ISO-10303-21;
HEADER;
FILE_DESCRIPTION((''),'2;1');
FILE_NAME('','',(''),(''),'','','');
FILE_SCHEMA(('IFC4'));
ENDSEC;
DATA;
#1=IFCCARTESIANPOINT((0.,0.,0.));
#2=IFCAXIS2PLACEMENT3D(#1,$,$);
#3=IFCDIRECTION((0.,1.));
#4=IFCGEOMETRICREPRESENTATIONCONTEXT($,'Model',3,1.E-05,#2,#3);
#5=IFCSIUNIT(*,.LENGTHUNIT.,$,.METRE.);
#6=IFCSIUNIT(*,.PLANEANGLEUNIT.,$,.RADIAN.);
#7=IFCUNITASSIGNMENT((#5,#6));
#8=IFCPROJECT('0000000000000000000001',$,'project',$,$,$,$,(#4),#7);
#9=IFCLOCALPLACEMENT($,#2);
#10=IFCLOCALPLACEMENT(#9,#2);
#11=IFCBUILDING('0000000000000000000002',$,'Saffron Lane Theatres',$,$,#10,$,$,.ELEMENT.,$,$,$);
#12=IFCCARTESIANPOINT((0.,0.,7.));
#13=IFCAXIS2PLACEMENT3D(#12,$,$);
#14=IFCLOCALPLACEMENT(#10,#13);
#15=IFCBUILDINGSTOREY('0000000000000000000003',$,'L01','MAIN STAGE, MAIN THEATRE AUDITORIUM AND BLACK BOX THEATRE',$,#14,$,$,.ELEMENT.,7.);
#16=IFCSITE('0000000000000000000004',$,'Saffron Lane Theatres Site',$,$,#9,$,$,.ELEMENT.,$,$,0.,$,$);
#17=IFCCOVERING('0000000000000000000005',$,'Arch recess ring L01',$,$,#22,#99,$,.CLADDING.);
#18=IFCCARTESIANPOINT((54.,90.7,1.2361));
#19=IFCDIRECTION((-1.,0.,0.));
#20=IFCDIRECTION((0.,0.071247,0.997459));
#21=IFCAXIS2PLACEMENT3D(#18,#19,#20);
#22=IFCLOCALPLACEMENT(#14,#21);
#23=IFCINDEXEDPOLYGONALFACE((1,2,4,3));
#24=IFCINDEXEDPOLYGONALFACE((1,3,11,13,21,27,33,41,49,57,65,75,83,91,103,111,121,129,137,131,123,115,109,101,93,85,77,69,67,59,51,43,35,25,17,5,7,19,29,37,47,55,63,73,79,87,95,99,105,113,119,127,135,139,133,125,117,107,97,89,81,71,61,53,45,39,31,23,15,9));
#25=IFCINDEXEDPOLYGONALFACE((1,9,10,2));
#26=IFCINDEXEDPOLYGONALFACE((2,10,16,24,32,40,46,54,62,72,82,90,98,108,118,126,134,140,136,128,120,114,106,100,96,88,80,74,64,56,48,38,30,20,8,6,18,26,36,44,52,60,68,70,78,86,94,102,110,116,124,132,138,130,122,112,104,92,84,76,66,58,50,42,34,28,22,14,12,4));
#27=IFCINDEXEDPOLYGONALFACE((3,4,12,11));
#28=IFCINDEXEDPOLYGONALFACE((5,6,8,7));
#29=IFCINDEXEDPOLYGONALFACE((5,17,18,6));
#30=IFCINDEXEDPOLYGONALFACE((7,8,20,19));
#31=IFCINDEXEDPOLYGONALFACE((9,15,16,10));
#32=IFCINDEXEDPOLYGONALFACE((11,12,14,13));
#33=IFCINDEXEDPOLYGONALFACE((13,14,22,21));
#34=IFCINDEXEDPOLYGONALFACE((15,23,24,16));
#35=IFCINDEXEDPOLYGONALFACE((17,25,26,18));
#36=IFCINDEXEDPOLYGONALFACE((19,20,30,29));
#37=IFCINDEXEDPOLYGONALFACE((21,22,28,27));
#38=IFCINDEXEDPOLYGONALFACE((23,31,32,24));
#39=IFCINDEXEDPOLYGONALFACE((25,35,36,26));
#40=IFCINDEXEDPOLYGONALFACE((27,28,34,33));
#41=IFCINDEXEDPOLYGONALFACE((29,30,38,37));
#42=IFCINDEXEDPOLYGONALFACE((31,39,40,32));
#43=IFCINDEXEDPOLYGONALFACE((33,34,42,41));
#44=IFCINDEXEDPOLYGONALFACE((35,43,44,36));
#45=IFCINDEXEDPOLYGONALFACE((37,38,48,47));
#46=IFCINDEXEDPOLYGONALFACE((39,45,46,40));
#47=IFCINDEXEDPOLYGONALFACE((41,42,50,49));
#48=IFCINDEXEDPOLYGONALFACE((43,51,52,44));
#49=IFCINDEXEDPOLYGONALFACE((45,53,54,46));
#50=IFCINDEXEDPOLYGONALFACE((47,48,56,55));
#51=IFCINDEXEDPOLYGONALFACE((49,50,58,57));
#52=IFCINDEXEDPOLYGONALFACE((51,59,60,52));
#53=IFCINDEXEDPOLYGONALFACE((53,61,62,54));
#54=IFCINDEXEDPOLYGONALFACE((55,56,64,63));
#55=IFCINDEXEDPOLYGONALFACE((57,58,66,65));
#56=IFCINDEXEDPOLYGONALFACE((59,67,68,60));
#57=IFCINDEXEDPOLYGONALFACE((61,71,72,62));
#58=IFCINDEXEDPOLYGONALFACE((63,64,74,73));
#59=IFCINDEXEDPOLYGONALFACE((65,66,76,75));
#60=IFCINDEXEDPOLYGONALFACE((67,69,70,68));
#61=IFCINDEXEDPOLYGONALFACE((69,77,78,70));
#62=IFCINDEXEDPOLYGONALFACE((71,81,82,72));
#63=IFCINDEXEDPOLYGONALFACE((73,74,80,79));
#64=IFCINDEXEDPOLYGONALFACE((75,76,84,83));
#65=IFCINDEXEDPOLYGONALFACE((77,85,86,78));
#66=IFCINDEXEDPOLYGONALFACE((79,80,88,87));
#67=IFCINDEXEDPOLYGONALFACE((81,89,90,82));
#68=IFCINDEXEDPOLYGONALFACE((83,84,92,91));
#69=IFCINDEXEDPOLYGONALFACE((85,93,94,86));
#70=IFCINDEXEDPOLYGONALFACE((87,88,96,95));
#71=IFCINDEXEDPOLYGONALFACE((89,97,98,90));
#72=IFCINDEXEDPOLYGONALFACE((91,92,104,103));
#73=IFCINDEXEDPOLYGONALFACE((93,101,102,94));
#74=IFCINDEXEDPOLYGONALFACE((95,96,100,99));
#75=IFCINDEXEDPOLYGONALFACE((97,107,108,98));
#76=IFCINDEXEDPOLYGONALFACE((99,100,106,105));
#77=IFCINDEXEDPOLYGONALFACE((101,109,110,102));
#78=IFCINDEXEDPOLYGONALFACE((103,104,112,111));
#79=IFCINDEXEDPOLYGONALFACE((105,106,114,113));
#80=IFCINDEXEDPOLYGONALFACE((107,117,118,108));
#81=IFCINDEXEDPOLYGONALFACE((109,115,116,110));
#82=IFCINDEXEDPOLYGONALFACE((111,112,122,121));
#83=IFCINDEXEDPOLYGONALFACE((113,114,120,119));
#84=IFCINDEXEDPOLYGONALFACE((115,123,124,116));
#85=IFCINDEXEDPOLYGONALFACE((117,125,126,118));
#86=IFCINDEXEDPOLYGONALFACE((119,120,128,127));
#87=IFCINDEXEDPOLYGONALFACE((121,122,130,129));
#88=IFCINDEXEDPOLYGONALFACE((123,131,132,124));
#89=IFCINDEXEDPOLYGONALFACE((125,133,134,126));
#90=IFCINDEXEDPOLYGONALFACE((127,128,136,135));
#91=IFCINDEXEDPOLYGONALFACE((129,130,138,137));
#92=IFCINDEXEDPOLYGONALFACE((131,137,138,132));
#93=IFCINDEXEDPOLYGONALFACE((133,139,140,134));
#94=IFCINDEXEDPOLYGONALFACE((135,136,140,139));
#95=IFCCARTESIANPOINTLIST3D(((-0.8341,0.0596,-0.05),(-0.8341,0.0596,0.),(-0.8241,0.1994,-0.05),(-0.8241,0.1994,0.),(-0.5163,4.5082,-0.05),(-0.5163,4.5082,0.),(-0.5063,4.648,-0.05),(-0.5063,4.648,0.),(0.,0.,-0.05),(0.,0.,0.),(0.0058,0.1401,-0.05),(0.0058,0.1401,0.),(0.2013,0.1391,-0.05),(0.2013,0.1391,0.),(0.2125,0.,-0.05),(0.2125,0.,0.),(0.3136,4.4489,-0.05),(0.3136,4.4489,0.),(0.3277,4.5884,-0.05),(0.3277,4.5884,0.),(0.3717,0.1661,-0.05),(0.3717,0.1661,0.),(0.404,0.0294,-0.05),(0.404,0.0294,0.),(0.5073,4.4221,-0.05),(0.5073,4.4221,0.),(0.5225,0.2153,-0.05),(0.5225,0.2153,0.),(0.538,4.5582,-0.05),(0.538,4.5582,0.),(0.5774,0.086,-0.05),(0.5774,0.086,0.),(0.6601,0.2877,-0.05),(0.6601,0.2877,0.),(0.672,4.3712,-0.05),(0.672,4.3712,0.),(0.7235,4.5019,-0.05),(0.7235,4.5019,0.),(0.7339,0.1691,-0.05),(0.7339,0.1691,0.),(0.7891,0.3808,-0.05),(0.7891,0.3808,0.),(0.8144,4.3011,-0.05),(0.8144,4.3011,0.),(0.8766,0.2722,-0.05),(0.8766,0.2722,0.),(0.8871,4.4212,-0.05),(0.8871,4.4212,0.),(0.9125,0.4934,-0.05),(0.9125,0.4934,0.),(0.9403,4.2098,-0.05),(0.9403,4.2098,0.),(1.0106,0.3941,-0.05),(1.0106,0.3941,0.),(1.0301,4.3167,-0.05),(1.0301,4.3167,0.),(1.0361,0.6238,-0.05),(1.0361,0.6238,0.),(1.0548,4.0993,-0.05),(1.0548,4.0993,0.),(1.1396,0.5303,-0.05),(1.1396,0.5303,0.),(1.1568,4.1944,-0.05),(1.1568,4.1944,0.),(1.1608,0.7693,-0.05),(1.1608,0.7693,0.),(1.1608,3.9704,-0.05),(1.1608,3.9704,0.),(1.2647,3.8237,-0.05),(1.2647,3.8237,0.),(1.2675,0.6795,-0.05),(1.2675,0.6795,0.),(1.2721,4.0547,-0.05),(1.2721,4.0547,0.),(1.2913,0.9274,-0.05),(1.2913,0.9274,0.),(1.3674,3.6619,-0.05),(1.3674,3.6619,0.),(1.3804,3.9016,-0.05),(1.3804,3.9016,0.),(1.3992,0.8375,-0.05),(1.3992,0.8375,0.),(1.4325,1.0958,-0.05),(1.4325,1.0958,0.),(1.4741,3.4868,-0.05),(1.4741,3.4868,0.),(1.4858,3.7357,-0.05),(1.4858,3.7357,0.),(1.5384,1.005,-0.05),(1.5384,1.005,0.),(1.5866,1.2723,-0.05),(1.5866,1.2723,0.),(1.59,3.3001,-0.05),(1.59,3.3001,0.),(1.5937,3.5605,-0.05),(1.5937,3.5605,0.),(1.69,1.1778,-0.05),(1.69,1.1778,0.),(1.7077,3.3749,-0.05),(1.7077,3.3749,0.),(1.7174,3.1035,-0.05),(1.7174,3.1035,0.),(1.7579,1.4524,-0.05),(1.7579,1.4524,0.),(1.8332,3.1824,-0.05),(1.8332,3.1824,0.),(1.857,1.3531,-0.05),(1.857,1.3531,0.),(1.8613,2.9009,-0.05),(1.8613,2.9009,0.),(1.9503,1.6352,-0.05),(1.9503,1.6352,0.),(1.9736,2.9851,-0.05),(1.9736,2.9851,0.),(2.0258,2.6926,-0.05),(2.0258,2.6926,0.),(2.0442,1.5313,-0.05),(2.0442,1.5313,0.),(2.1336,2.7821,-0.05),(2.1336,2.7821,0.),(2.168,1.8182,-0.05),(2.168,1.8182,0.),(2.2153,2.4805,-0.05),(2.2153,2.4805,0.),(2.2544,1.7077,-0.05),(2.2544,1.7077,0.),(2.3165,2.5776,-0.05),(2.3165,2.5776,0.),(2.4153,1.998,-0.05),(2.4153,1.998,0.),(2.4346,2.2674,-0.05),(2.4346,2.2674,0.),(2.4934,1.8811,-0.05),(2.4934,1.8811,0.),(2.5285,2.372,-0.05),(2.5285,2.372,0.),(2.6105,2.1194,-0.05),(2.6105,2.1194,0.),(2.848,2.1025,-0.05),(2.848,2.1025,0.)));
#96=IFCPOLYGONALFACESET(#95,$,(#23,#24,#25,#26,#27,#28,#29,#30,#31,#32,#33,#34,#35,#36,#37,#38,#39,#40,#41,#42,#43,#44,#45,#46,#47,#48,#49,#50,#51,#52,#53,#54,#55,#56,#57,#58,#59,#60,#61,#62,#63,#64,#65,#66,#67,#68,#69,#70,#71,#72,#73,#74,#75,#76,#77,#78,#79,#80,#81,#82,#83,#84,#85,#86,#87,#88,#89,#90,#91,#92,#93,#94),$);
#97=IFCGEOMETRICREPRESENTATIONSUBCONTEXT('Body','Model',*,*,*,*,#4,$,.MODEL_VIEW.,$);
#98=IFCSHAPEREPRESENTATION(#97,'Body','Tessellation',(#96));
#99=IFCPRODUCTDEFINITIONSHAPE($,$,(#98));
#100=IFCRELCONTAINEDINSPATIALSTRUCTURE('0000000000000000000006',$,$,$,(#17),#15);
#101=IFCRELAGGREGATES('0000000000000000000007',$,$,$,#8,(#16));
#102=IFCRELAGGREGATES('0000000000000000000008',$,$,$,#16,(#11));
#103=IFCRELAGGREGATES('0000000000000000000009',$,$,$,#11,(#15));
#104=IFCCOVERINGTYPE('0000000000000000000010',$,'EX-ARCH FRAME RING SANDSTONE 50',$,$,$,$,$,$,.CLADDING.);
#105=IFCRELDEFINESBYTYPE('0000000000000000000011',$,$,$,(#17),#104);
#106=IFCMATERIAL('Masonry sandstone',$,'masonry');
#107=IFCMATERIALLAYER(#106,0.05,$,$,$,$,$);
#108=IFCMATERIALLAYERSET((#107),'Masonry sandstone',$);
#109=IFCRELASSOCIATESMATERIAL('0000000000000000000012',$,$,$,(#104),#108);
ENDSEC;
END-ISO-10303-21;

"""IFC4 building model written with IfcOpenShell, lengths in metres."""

from ifc_helpers import new_model, si_unit, direction, frame, origin, place, context, subcontext, project, spatial, polyline, outline, extrude, material, layer, layer_set, type_object, element, save


model = new_model("IFC4")

# Units and contexts
model_context = context("Model", 3, precision=1e-05, world=origin(), true_north=direction((0.0, 1.0)))
body_context = subcontext(model_context, "Body", "Model", "MODEL_VIEW")
ifc_project = project(units=[si_unit("LENGTHUNIT", "METRE"), si_unit("PLANEANGLEUNIT", "RADIAN")], contexts=[model_context])

# Site, building, storey
site_placement = place(None, origin())
site = spatial("IfcSite", under=ifc_project, at=site_placement, Name="Saffron Lane Theatres Site", CompositionType="ELEMENT", RefElevation=0.0)
building_placement = place(site_placement, origin())
building = spatial("IfcBuilding", under=site, at=building_placement, Name="Saffron Lane Theatres", CompositionType="ELEMENT")
storey_placement = place(building_placement, frame((0.0, 0.0, 7.0)))
storey = spatial("IfcBuildingStorey", under=building, at=storey_placement, Name="L01", Description="MAIN STAGE, MAIN THEATRE AUDITORIUM AND BLACK BOX THEATRE", CompositionType="ELEMENT", Elevation=7.0)

# Covering
ifc_material_1 = material(Name="Masonry sandstone", Category="masonry")
ifc_layer_1 = layer(ifc_material_1, 0.05)
ifc_layer_set_1 = layer_set([ifc_layer_1], Name="Masonry sandstone")
covering_type_1 = type_object("IfcCoveringType", Name="EX-ARCH FRAME RING SANDSTONE 50", PredefinedType="CLADDING", material=ifc_layer_set_1)
covering_1_placement = place(storey_placement, frame((54.0, 90.7, 1.2361), z_axis=(-1.0, 0.0, 0.0), x_axis=(0.0, 0.071247, 0.997459)))
element("IfcCovering", 1, at=covering_1_placement, inside=storey, type_object=covering_type_1, Name="Arch recess ring L01", PredefinedType="CLADDING", context=body_context, shape_type="SweptSolid", body=[
    extrude(outline(polyline([(0.0, 0.0), (0.2125, 0.0), (0.404, 0.0294), (0.5774, 0.086), (0.7339, 0.1691), (0.8766, 0.2722), (1.0106, 0.3941), (1.1396, 0.5303), (1.2675, 0.6795), (1.3992, 0.8375), (1.5384, 1.005), (1.69, 1.1778), (1.857, 1.3531), (2.0442, 1.5313), (2.2544, 1.7077), (2.4934, 1.8811), (2.848, 2.1025), (2.5285, 2.372), (2.3165, 2.5776), (2.1336, 2.7821), (1.9736, 2.9851), (1.8332, 3.1824), (1.7077, 3.3749), (1.5937, 3.5605), (1.4858, 3.7357), (1.3804, 3.9016), (1.2721, 4.0547), (1.1568, 4.1944), (1.0301, 4.3167), (0.8871, 4.4212), (0.7235, 4.5019), (0.538, 4.5582), (0.3277, 4.5884), (-0.5063, 4.648), (-0.5163, 4.5082), (0.3136, 4.4489), (0.5073, 4.4221), (0.672, 4.3712), (0.8144, 4.3011), (0.9403, 4.2098), (1.0548, 4.0993), (1.1608, 3.9704), (1.2647, 3.8237), (1.3674, 3.6619), (1.4741, 3.4868), (1.59, 3.3001), (1.7174, 3.1035), (1.8613, 2.9009), (2.0258, 2.6926), (2.2153, 2.4805), (2.4346, 2.2674), (2.6105, 2.1194), (2.4153, 1.998), (2.168, 1.8182), (1.9503, 1.6352), (1.7579, 1.4524), (1.5866, 1.2723), (1.4325, 1.0958), (1.2913, 0.9274), (1.1608, 0.7693), (1.0361, 0.6238), (0.9125, 0.4934), (0.7891, 0.3808), (0.6601, 0.2877), (0.5225, 0.2153), (0.3717, 0.1661), (0.2013, 0.1391), (0.0058, 0.1401), (-0.8241, 0.1994), (-0.8341, 0.0596), (0.0, 0.0)])), origin(), (0.0, 0.0, -1.0), 0.05),
])

save(model, "model.ifc")
